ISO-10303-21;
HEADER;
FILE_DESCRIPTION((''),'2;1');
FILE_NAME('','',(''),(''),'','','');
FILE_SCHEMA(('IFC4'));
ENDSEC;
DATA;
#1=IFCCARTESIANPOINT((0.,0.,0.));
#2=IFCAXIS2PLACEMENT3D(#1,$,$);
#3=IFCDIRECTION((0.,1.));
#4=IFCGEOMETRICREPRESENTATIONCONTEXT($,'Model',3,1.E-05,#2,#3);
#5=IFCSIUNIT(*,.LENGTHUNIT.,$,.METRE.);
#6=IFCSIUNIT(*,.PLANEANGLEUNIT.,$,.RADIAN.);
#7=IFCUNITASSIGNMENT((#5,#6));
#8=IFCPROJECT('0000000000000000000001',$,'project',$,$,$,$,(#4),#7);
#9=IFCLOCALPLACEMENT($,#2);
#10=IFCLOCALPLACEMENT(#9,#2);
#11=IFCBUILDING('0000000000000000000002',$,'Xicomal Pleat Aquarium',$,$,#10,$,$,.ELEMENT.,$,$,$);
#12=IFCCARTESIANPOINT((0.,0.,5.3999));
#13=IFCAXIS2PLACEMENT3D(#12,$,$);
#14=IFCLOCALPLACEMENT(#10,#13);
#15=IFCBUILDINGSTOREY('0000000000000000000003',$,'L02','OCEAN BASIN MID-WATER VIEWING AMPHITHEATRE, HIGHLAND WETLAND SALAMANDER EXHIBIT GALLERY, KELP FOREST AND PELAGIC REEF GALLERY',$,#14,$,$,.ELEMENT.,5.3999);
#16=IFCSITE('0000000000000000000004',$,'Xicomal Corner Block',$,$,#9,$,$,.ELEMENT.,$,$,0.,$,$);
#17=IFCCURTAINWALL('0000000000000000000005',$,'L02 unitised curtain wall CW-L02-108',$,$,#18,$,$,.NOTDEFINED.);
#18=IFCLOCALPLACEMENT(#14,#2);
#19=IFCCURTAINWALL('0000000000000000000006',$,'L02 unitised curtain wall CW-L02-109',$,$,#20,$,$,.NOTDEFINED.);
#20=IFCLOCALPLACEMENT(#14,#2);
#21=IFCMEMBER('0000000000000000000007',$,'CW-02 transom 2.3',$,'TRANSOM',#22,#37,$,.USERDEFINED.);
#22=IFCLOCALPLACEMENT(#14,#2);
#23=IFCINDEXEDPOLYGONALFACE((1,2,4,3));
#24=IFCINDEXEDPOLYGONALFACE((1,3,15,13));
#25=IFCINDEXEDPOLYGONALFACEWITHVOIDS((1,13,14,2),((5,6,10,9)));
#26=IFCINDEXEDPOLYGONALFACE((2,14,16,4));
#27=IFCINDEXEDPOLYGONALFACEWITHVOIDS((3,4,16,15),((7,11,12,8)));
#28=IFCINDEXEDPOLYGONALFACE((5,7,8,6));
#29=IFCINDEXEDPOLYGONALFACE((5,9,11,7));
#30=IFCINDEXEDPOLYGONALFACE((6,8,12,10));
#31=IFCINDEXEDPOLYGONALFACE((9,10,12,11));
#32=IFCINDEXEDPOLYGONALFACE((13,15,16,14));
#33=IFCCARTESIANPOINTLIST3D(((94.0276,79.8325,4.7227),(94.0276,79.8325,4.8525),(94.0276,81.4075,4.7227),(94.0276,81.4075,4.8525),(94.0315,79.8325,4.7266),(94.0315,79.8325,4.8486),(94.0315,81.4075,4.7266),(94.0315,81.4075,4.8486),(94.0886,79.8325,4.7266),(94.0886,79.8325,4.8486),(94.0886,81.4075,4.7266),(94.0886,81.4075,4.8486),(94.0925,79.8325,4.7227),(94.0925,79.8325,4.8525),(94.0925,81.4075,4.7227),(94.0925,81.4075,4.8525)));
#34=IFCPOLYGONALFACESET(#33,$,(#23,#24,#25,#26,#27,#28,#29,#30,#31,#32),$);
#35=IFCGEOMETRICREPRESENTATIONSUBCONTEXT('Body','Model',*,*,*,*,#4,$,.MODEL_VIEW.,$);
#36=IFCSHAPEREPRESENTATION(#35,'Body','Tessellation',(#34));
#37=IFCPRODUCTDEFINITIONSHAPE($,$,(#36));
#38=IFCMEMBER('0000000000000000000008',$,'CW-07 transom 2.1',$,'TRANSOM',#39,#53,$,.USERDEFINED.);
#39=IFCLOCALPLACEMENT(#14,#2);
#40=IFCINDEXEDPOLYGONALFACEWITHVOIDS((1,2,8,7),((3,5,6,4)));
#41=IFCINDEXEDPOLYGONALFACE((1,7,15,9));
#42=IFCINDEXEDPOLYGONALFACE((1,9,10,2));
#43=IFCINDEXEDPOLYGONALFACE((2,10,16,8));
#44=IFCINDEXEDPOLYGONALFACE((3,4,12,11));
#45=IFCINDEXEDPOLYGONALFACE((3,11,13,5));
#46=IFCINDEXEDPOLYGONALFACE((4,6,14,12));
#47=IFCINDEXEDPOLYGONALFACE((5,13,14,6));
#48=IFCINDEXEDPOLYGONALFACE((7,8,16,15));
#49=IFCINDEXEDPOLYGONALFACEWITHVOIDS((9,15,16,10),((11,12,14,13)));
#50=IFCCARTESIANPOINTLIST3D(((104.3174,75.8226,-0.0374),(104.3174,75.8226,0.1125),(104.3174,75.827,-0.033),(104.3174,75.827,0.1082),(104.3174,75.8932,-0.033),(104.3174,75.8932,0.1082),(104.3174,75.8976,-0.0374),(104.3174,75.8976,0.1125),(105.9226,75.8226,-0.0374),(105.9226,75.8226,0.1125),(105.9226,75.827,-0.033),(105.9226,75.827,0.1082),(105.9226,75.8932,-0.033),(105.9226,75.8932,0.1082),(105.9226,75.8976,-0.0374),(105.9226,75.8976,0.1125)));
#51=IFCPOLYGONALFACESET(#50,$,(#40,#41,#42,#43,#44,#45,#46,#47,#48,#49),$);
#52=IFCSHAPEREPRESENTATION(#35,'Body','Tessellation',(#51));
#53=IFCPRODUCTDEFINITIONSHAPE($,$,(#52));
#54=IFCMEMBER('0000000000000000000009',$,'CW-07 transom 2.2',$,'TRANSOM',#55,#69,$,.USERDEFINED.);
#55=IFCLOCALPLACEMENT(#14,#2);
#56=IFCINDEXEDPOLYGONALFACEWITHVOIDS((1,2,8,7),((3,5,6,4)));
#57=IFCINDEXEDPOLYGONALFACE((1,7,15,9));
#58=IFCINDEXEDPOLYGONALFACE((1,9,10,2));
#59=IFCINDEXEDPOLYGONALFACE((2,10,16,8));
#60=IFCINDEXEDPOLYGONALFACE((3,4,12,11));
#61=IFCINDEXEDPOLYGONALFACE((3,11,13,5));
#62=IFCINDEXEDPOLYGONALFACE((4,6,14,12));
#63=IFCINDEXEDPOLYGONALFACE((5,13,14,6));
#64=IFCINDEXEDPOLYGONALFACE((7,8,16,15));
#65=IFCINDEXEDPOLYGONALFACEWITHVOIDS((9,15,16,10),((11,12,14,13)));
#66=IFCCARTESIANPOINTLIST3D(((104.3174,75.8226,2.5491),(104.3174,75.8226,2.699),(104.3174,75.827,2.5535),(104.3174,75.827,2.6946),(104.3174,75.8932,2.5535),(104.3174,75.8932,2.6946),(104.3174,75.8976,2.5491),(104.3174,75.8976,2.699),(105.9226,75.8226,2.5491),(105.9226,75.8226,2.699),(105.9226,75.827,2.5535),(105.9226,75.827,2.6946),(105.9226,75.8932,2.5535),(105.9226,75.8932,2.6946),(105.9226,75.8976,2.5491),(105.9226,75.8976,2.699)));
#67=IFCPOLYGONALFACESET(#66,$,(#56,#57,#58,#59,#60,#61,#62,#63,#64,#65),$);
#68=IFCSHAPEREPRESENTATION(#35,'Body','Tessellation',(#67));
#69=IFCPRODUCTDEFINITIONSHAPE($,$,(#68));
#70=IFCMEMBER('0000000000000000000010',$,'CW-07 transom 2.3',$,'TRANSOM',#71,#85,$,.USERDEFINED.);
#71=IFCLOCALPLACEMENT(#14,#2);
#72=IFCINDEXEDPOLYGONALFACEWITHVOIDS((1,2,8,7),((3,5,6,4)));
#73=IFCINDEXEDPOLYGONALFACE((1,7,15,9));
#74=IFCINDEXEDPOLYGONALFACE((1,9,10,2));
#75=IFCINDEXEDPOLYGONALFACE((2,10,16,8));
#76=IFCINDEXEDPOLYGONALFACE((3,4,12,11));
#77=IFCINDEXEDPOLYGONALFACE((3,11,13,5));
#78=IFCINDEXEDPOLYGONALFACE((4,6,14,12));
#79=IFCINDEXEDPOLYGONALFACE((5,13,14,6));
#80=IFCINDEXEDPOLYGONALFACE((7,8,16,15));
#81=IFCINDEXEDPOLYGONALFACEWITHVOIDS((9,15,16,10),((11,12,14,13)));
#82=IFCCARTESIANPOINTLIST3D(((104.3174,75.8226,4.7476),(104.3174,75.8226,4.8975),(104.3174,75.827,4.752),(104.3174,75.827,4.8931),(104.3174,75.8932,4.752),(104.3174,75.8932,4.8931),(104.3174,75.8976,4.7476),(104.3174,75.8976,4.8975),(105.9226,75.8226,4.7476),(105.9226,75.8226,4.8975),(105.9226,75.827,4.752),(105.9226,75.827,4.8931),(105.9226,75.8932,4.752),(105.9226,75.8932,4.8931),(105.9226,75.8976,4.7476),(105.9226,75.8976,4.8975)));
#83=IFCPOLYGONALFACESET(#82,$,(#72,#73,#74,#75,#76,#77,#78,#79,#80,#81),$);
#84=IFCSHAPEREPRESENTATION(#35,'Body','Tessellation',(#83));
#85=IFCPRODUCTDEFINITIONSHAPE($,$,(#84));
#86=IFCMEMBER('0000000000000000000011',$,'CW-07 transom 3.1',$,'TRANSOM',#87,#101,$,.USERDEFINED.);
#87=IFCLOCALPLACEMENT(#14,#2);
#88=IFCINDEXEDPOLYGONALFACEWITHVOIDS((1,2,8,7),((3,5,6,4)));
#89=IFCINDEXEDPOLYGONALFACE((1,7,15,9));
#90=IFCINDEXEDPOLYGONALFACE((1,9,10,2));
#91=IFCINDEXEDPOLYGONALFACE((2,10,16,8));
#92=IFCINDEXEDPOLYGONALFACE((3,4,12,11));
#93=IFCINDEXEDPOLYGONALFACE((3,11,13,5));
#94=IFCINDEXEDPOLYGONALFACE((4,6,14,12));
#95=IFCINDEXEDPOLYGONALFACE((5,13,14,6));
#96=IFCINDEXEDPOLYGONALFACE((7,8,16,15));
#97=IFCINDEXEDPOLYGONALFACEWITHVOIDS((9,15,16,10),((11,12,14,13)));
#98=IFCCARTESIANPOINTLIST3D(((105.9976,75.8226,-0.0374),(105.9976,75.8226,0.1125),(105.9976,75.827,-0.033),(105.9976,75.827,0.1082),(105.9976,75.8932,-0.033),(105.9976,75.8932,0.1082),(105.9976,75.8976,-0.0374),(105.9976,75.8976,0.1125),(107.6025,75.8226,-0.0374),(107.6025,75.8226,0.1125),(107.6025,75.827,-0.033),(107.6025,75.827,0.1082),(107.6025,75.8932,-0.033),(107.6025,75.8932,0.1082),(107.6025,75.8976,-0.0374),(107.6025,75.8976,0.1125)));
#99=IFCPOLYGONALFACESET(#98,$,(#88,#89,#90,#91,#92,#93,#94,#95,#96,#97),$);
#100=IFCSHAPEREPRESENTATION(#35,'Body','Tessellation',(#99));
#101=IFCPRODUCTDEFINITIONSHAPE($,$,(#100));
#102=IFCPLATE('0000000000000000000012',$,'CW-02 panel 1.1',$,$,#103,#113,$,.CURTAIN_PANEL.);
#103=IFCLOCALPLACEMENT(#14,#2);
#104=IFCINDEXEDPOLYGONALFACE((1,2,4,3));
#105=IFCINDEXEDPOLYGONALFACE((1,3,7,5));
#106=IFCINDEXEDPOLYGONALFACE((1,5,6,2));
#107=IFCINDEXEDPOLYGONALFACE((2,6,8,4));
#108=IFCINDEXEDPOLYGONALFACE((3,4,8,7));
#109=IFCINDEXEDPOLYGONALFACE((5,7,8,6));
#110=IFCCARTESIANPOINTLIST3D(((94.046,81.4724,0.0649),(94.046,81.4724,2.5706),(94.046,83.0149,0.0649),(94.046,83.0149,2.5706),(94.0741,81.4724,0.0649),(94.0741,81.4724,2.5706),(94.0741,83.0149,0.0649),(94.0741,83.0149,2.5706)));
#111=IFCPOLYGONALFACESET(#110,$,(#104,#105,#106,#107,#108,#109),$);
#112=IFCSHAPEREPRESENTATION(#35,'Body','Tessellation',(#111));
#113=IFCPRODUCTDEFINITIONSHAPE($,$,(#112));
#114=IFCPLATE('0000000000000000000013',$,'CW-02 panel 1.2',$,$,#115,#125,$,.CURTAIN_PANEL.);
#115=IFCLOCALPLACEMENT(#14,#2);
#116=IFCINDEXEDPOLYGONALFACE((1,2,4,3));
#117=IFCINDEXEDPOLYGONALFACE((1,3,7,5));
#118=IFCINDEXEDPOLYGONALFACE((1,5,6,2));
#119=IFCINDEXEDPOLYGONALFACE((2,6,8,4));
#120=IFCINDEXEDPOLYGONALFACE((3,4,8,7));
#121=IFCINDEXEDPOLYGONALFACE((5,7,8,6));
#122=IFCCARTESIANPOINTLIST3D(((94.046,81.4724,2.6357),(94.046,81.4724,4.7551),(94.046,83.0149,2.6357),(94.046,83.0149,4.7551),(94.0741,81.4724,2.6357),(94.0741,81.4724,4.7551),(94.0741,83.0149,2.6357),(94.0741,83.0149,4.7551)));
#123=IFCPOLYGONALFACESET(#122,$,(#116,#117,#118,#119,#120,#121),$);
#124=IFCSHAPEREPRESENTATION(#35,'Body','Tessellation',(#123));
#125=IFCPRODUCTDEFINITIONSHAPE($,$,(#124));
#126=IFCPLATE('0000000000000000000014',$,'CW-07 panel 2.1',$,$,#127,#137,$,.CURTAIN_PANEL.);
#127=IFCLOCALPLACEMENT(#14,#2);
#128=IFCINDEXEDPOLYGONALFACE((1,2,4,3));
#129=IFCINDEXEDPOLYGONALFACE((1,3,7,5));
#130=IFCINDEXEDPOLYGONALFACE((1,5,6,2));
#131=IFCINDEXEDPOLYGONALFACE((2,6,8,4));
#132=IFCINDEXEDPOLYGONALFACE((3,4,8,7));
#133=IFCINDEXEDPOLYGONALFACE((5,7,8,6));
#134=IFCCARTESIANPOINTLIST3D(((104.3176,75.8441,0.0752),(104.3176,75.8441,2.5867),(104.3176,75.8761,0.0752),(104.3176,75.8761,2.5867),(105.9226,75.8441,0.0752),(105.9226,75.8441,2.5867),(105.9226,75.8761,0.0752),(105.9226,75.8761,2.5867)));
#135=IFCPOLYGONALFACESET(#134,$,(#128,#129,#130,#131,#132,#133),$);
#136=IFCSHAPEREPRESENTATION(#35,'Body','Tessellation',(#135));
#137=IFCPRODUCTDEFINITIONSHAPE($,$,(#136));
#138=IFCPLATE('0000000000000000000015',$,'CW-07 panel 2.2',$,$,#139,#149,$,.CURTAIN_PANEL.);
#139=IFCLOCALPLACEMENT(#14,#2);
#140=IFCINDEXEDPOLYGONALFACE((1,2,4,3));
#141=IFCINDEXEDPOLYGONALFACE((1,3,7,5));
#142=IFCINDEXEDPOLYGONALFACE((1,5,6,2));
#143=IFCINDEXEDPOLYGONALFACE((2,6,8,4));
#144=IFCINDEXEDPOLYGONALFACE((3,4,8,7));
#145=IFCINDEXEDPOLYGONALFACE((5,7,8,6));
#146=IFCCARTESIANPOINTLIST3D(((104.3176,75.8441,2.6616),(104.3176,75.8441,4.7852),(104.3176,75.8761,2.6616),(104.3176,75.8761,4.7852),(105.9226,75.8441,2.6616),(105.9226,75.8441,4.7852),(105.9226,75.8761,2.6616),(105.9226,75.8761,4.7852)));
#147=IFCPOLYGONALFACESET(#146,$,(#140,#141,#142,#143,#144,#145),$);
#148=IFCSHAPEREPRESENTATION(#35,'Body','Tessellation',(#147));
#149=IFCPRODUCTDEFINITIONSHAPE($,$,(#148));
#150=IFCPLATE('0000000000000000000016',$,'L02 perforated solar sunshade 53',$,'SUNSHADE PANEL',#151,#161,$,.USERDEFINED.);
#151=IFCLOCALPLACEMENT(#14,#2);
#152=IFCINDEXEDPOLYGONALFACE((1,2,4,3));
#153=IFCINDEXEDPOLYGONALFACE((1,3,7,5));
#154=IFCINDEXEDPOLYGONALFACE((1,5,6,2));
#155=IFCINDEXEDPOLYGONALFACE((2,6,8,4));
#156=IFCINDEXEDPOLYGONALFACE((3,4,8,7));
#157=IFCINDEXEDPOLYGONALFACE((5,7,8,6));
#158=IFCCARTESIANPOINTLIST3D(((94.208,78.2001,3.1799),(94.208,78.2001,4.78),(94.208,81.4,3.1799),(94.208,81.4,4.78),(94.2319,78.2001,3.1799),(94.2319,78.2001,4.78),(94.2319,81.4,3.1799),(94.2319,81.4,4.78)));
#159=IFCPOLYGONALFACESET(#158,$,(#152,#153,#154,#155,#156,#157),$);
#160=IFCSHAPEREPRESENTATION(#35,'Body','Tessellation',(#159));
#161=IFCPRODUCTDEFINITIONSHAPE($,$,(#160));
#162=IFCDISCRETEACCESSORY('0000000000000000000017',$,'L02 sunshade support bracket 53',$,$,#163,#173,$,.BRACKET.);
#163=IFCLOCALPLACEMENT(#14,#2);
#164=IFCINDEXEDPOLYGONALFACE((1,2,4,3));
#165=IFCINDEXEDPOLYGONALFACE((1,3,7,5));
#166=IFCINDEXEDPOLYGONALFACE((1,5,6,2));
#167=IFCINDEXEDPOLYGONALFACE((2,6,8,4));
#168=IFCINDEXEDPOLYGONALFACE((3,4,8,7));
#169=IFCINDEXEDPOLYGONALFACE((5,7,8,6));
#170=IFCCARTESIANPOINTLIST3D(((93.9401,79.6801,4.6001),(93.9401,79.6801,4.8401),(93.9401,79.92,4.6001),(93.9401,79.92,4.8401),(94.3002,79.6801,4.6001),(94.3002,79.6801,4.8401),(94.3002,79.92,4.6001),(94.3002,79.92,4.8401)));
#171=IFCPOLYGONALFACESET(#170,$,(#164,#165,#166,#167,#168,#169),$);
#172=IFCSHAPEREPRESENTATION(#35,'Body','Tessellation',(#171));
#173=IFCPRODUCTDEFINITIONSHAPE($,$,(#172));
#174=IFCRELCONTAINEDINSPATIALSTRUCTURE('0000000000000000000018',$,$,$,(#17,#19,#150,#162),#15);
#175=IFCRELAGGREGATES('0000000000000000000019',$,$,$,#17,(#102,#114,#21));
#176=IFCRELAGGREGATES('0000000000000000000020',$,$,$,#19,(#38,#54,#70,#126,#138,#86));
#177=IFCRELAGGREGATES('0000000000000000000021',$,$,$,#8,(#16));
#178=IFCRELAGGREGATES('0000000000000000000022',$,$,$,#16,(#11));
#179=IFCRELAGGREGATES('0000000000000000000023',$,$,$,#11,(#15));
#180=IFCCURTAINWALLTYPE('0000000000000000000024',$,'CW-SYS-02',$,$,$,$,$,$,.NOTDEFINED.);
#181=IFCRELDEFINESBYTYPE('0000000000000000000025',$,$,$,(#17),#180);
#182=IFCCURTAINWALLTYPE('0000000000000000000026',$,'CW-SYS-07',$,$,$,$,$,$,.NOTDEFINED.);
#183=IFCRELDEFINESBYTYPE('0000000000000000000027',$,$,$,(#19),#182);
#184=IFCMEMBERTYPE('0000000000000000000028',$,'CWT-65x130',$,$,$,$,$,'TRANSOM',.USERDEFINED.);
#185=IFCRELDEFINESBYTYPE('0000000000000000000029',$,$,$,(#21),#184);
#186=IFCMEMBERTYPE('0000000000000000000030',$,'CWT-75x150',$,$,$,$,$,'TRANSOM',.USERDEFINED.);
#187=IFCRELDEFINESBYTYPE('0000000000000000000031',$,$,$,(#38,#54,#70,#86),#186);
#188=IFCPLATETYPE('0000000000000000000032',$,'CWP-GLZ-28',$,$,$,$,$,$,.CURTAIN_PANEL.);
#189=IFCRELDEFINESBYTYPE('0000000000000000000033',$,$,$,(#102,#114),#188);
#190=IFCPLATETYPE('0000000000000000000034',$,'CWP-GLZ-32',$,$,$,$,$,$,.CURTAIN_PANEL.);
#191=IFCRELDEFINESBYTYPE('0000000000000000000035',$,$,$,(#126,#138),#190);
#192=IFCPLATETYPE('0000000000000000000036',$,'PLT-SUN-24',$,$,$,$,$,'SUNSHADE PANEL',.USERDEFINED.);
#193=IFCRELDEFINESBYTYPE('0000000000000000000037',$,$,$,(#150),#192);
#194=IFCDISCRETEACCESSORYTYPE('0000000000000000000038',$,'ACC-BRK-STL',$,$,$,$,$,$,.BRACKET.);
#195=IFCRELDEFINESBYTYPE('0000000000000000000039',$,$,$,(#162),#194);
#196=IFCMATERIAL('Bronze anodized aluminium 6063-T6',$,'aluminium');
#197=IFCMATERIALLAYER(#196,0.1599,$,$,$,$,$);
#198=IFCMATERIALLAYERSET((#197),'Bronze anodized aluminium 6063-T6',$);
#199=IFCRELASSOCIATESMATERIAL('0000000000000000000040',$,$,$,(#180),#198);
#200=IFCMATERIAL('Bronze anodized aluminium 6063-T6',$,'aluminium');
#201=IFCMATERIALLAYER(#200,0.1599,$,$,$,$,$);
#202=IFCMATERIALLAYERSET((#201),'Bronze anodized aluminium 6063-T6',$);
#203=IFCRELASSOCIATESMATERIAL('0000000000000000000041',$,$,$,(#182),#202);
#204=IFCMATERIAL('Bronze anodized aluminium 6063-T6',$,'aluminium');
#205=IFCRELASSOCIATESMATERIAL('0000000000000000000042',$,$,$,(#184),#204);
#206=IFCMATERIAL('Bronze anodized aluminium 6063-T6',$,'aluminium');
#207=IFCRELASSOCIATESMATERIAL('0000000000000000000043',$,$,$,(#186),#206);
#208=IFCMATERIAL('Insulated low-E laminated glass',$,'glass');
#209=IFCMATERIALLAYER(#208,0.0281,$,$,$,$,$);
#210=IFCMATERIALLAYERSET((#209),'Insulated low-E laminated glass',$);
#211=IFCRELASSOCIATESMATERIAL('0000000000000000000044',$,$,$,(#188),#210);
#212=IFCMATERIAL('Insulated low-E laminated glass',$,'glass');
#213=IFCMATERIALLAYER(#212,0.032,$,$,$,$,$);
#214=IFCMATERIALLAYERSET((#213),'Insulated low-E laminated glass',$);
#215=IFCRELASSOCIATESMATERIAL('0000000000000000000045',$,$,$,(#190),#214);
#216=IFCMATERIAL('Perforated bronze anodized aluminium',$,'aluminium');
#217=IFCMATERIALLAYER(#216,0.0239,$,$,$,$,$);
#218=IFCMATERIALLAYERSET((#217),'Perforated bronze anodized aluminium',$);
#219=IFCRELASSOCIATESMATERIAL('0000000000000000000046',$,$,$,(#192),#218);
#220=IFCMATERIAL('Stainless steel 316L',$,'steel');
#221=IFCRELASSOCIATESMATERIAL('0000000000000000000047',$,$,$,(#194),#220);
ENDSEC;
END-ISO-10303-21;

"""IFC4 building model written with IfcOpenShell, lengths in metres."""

from ifc_helpers import new_model, si_unit, direction, frame, origin, origin_2d, place, context, subcontext, project, spatial, rectangle, hollow_rectangle, extrude, material, layer, layer_set, material_profile, profile_set, type_object, element, aggregate, save


model = new_model("IFC4")

# Units and contexts
model_context = context("Model", 3, precision=1e-05, world=origin(), true_north=direction((0.0, 1.0)))
body_context = subcontext(model_context, "Body", "Model", "MODEL_VIEW")
ifc_project = project(units=[si_unit("LENGTHUNIT", "METRE"), si_unit("PLANEANGLEUNIT", "RADIAN")], contexts=[model_context])

# Site, building, storey
site_placement = place(None, origin())
site = spatial("IfcSite", under=ifc_project, at=site_placement, Name="Xicomal Corner Block", CompositionType="ELEMENT", RefElevation=0.0)
building_placement = place(site_placement, origin())
building = spatial("IfcBuilding", under=site, at=building_placement, Name="Xicomal Pleat Aquarium", CompositionType="ELEMENT")
storey_placement = place(building_placement, frame((0.0, 0.0, 5.3999)))
storey = spatial("IfcBuildingStorey", under=building, at=storey_placement, Name="L02", Description="OCEAN BASIN MID-WATER VIEWING AMPHITHEATRE, HIGHLAND WETLAND SALAMANDER EXHIBIT GALLERY, KELP FOREST AND PELAGIC REEF GALLERY", CompositionType="ELEMENT", Elevation=5.3999)

# Curtain wall
ifc_material_1 = material(Name="Bronze anodized aluminium 6063-T6", Category="aluminium")
ifc_layer_1 = layer(ifc_material_1, 0.1599)
ifc_layer_set_1 = layer_set([ifc_layer_1], Name="Bronze anodized aluminium 6063-T6")
curtain_wall_type_1 = type_object("IfcCurtainWallType", Name="CW-SYS-02", PredefinedType="NOTDEFINED", material=ifc_layer_set_1)
curtain_wall_1_placement = place(storey_placement, origin())
curtain_wall_1 = element("IfcCurtainWall", 1, at=curtain_wall_1_placement, inside=storey, type_object=curtain_wall_type_1, Name="L02 unitised curtain wall CW-L02-108", PredefinedType="NOTDEFINED")

# Curtain wall
ifc_material_2 = material(Name="Bronze anodized aluminium 6063-T6", Category="aluminium")
ifc_layer_2 = layer(ifc_material_2, 0.1599)
ifc_layer_set_2 = layer_set([ifc_layer_2], Name="Bronze anodized aluminium 6063-T6")
curtain_wall_type_2 = type_object("IfcCurtainWallType", Name="CW-SYS-07", PredefinedType="NOTDEFINED", material=ifc_layer_set_2)
curtain_wall_2_placement = place(storey_placement, origin())
curtain_wall_2 = element("IfcCurtainWall", 2, at=curtain_wall_2_placement, inside=storey, type_object=curtain_wall_type_2, Name="L02 unitised curtain wall CW-L02-109", PredefinedType="NOTDEFINED")

# Members
ifc_material_3 = material(Name="Bronze anodized aluminium 6063-T6", Category="aluminium")
ifc_material_profile_1 = material_profile(ifc_material_3, hollow_rectangle(XDim=0.0649, YDim=0.1299, WallThickness=0.0039, at=origin_2d()), Name="ALU TRAN 65x130")
ifc_profile_set_1 = profile_set([ifc_material_profile_1], Name="Bronze anodized aluminium 6063-T6")
member_type_1 = type_object("IfcMemberType", Name="CWT-65x130", ElementType="TRANSOM", PredefinedType="USERDEFINED", material=ifc_profile_set_1)
member_1_placement = place(storey_placement, frame((94.0601, 81.4075, 4.7876), z_axis=(0.0, -1.0, 0.0), x_axis=(1.0, 0.0, 0.0)))
member_1 = element("IfcMember", 3, at=member_1_placement, type_object=member_type_1, Name="CW-02 transom 2.3", ObjectType="TRANSOM", PredefinedType="USERDEFINED", context=body_context, shape_type="SweptSolid", body=[
    extrude(hollow_rectangle(XDim=0.0649, YDim=0.1299, WallThickness=0.0039, at=origin_2d()), origin(), (0.0, 0.0, 1.0), 1.575),
])
ifc_material_4 = material(Name="Bronze anodized aluminium 6063-T6", Category="aluminium")
ifc_material_profile_2 = material_profile(ifc_material_4, hollow_rectangle(XDim=0.075, YDim=0.1499, WallThickness=0.0044, at=origin_2d()), Name="ALU TRAN 75x150")
ifc_profile_set_2 = profile_set([ifc_material_profile_2], Name="Bronze anodized aluminium 6063-T6")
member_type_2 = type_object("IfcMemberType", Name="CWT-75x150", ElementType="TRANSOM", PredefinedType="USERDEFINED", material=ifc_profile_set_2)
member_2_placement = place(storey_placement, frame((104.3174, 75.8601, 0.0376), z_axis=(1.0, 0.0, 0.0), x_axis=(0.0, 1.0, 0.0)))
member_2 = element("IfcMember", 4, at=member_2_placement, type_object=member_type_2, Name="CW-07 transom 2.1", ObjectType="TRANSOM", PredefinedType="USERDEFINED", context=body_context, shape_type="SweptSolid", body=[
    extrude(hollow_rectangle(XDim=0.075, YDim=0.1499, WallThickness=0.0044, at=origin_2d()), origin(), (0.0, 0.0, 1.0), 1.6052),
])
member_3_placement = place(storey_placement, frame((104.3174, 75.8601, 2.624), z_axis=(1.0, 0.0, 0.0), x_axis=(0.0, 1.0, 0.0)))
member_3 = element("IfcMember", 5, at=member_3_placement, type_object=member_type_2, Name="CW-07 transom 2.2", ObjectType="TRANSOM", PredefinedType="USERDEFINED", context=body_context, shape_type="SweptSolid", body=[
    extrude(hollow_rectangle(XDim=0.075, YDim=0.1499, WallThickness=0.0044, at=origin_2d()), origin(), (0.0, 0.0, 1.0), 1.6052),
])
member_4_placement = place(storey_placement, frame((104.3174, 75.8601, 4.8225), z_axis=(1.0, 0.0, 0.0), x_axis=(0.0, 1.0, 0.0)))
member_4 = element("IfcMember", 6, at=member_4_placement, type_object=member_type_2, Name="CW-07 transom 2.3", ObjectType="TRANSOM", PredefinedType="USERDEFINED", context=body_context, shape_type="SweptSolid", body=[
    extrude(hollow_rectangle(XDim=0.075, YDim=0.1499, WallThickness=0.0044, at=origin_2d()), origin(), (0.0, 0.0, 1.0), 1.6052),
])
member_5_placement = place(storey_placement, frame((105.9976, 75.8601, 0.0376), z_axis=(1.0, 0.0, 0.0), x_axis=(0.0, 1.0, 0.0)))
member_5 = element("IfcMember", 7, at=member_5_placement, type_object=member_type_2, Name="CW-07 transom 3.1", ObjectType="TRANSOM", PredefinedType="USERDEFINED", context=body_context, shape_type="SweptSolid", body=[
    extrude(hollow_rectangle(XDim=0.075, YDim=0.1499, WallThickness=0.0044, at=origin_2d()), origin(), (0.0, 0.0, 1.0), 1.605),
])

# Plates
ifc_material_5 = material(Name="Insulated low-E laminated glass", Category="glass")
ifc_layer_3 = layer(ifc_material_5, 0.0281)
ifc_layer_set_3 = layer_set([ifc_layer_3], Name="Insulated low-E laminated glass")
plate_type_1 = type_object("IfcPlateType", Name="CWP-GLZ-28", PredefinedType="CURTAIN_PANEL", material=ifc_layer_set_3)
plate_1_placement = place(storey_placement, frame((94.0601, 82.2437, 0.0649), z_axis=(0.0, 0.0, 1.0), x_axis=(0.0, -1.0, 0.0)))
plate_1 = element("IfcPlate", 8, at=plate_1_placement, type_object=plate_type_1, Name="CW-02 panel 1.1", PredefinedType="CURTAIN_PANEL", context=body_context, shape_type="SweptSolid", body=[
    extrude(rectangle(XDim=1.5425, YDim=0.0281, at=origin_2d()), origin(), (0.0, 0.0, 1.0), 2.5056),
])
plate_2_placement = place(storey_placement, frame((94.0601, 82.2437, 2.6357), z_axis=(0.0, 0.0, 1.0), x_axis=(0.0, -1.0, 0.0)))
plate_2 = element("IfcPlate", 9, at=plate_2_placement, type_object=plate_type_1, Name="CW-02 panel 1.2", PredefinedType="CURTAIN_PANEL", context=body_context, shape_type="SweptSolid", body=[
    extrude(rectangle(XDim=1.5425, YDim=0.0281, at=origin_2d()), origin(), (0.0, 0.0, 1.0), 2.1194),
])
aggregate(curtain_wall_1, [plate_1, plate_2, member_1])
ifc_material_6 = material(Name="Insulated low-E laminated glass", Category="glass")
ifc_layer_4 = layer(ifc_material_6, 0.032)
ifc_layer_set_4 = layer_set([ifc_layer_4], Name="Insulated low-E laminated glass")
plate_type_2 = type_object("IfcPlateType", Name="CWP-GLZ-32", PredefinedType="CURTAIN_PANEL", material=ifc_layer_set_4)
plate_3_placement = place(storey_placement, frame((105.1201, 75.8601, 0.0752), z_axis=(0.0, 0.0, 1.0), x_axis=(1.0, 0.0, 0.0)))
plate_3 = element("IfcPlate", 10, at=plate_3_placement, type_object=plate_type_2, Name="CW-07 panel 2.1", PredefinedType="CURTAIN_PANEL", context=body_context, shape_type="SweptSolid", body=[
    extrude(rectangle(XDim=1.605, YDim=0.032, at=origin_2d()), origin(), (0.0, 0.0, 1.0), 2.5115),
])
plate_4_placement = place(storey_placement, frame((105.1201, 75.8601, 2.6616), z_axis=(0.0, 0.0, 1.0), x_axis=(1.0, 0.0, 0.0)))
plate_4 = element("IfcPlate", 11, at=plate_4_placement, type_object=plate_type_2, Name="CW-07 panel 2.2", PredefinedType="CURTAIN_PANEL", context=body_context, shape_type="SweptSolid", body=[
    extrude(rectangle(XDim=1.605, YDim=0.032, at=origin_2d()), origin(), (0.0, 0.0, 1.0), 2.1235),
])
aggregate(curtain_wall_2, [member_2, member_3, member_4, plate_3, plate_4, member_5])
ifc_material_7 = material(Name="Perforated bronze anodized aluminium", Category="aluminium")
ifc_layer_5 = layer(ifc_material_7, 0.0239)
ifc_layer_set_5 = layer_set([ifc_layer_5], Name="Perforated bronze anodized aluminium")
plate_type_3 = type_object("IfcPlateType", Name="PLT-SUN-24", ElementType="SUNSHADE PANEL", PredefinedType="USERDEFINED", material=ifc_layer_set_5)
plate_5_placement = place(storey_placement, frame((94.22, 79.8, 3.1799), z_axis=(0.0, 0.0, 1.0), x_axis=(0.0, -1.0, 0.0)))
element("IfcPlate", 12, at=plate_5_placement, inside=storey, type_object=plate_type_3, Name="L02 perforated solar sunshade 53", ObjectType="SUNSHADE PANEL", PredefinedType="USERDEFINED", context=body_context, shape_type="SweptSolid", body=[
    extrude(rectangle(XDim=3.2, YDim=0.0239, at=origin_2d()), origin(), (0.0, 0.0, 1.0), 1.6001),
])

# Discrete accessory
ifc_material_8 = material(Name="Stainless steel 316L", Category="steel")
discrete_accessory_type = type_object("IfcDiscreteAccessoryType", Name="ACC-BRK-STL", PredefinedType="BRACKET", material=ifc_material_8)
discrete_accessory_placement = place(storey_placement, frame((94.1201, 79.8, 4.6001), z_axis=(0.0, 0.0, 1.0), x_axis=(0.0, -1.0, 0.0)))
element("IfcDiscreteAccessory", 13, at=discrete_accessory_placement, inside=storey, type_object=discrete_accessory_type, Name="L02 sunshade support bracket 53", PredefinedType="BRACKET", context=body_context, shape_type="SweptSolid", body=[
    extrude(rectangle(XDim=0.24, YDim=0.3601, at=origin_2d()), origin(), (0.0, 0.0, 1.0), 0.24),
])

save(model, "model.ifc")
